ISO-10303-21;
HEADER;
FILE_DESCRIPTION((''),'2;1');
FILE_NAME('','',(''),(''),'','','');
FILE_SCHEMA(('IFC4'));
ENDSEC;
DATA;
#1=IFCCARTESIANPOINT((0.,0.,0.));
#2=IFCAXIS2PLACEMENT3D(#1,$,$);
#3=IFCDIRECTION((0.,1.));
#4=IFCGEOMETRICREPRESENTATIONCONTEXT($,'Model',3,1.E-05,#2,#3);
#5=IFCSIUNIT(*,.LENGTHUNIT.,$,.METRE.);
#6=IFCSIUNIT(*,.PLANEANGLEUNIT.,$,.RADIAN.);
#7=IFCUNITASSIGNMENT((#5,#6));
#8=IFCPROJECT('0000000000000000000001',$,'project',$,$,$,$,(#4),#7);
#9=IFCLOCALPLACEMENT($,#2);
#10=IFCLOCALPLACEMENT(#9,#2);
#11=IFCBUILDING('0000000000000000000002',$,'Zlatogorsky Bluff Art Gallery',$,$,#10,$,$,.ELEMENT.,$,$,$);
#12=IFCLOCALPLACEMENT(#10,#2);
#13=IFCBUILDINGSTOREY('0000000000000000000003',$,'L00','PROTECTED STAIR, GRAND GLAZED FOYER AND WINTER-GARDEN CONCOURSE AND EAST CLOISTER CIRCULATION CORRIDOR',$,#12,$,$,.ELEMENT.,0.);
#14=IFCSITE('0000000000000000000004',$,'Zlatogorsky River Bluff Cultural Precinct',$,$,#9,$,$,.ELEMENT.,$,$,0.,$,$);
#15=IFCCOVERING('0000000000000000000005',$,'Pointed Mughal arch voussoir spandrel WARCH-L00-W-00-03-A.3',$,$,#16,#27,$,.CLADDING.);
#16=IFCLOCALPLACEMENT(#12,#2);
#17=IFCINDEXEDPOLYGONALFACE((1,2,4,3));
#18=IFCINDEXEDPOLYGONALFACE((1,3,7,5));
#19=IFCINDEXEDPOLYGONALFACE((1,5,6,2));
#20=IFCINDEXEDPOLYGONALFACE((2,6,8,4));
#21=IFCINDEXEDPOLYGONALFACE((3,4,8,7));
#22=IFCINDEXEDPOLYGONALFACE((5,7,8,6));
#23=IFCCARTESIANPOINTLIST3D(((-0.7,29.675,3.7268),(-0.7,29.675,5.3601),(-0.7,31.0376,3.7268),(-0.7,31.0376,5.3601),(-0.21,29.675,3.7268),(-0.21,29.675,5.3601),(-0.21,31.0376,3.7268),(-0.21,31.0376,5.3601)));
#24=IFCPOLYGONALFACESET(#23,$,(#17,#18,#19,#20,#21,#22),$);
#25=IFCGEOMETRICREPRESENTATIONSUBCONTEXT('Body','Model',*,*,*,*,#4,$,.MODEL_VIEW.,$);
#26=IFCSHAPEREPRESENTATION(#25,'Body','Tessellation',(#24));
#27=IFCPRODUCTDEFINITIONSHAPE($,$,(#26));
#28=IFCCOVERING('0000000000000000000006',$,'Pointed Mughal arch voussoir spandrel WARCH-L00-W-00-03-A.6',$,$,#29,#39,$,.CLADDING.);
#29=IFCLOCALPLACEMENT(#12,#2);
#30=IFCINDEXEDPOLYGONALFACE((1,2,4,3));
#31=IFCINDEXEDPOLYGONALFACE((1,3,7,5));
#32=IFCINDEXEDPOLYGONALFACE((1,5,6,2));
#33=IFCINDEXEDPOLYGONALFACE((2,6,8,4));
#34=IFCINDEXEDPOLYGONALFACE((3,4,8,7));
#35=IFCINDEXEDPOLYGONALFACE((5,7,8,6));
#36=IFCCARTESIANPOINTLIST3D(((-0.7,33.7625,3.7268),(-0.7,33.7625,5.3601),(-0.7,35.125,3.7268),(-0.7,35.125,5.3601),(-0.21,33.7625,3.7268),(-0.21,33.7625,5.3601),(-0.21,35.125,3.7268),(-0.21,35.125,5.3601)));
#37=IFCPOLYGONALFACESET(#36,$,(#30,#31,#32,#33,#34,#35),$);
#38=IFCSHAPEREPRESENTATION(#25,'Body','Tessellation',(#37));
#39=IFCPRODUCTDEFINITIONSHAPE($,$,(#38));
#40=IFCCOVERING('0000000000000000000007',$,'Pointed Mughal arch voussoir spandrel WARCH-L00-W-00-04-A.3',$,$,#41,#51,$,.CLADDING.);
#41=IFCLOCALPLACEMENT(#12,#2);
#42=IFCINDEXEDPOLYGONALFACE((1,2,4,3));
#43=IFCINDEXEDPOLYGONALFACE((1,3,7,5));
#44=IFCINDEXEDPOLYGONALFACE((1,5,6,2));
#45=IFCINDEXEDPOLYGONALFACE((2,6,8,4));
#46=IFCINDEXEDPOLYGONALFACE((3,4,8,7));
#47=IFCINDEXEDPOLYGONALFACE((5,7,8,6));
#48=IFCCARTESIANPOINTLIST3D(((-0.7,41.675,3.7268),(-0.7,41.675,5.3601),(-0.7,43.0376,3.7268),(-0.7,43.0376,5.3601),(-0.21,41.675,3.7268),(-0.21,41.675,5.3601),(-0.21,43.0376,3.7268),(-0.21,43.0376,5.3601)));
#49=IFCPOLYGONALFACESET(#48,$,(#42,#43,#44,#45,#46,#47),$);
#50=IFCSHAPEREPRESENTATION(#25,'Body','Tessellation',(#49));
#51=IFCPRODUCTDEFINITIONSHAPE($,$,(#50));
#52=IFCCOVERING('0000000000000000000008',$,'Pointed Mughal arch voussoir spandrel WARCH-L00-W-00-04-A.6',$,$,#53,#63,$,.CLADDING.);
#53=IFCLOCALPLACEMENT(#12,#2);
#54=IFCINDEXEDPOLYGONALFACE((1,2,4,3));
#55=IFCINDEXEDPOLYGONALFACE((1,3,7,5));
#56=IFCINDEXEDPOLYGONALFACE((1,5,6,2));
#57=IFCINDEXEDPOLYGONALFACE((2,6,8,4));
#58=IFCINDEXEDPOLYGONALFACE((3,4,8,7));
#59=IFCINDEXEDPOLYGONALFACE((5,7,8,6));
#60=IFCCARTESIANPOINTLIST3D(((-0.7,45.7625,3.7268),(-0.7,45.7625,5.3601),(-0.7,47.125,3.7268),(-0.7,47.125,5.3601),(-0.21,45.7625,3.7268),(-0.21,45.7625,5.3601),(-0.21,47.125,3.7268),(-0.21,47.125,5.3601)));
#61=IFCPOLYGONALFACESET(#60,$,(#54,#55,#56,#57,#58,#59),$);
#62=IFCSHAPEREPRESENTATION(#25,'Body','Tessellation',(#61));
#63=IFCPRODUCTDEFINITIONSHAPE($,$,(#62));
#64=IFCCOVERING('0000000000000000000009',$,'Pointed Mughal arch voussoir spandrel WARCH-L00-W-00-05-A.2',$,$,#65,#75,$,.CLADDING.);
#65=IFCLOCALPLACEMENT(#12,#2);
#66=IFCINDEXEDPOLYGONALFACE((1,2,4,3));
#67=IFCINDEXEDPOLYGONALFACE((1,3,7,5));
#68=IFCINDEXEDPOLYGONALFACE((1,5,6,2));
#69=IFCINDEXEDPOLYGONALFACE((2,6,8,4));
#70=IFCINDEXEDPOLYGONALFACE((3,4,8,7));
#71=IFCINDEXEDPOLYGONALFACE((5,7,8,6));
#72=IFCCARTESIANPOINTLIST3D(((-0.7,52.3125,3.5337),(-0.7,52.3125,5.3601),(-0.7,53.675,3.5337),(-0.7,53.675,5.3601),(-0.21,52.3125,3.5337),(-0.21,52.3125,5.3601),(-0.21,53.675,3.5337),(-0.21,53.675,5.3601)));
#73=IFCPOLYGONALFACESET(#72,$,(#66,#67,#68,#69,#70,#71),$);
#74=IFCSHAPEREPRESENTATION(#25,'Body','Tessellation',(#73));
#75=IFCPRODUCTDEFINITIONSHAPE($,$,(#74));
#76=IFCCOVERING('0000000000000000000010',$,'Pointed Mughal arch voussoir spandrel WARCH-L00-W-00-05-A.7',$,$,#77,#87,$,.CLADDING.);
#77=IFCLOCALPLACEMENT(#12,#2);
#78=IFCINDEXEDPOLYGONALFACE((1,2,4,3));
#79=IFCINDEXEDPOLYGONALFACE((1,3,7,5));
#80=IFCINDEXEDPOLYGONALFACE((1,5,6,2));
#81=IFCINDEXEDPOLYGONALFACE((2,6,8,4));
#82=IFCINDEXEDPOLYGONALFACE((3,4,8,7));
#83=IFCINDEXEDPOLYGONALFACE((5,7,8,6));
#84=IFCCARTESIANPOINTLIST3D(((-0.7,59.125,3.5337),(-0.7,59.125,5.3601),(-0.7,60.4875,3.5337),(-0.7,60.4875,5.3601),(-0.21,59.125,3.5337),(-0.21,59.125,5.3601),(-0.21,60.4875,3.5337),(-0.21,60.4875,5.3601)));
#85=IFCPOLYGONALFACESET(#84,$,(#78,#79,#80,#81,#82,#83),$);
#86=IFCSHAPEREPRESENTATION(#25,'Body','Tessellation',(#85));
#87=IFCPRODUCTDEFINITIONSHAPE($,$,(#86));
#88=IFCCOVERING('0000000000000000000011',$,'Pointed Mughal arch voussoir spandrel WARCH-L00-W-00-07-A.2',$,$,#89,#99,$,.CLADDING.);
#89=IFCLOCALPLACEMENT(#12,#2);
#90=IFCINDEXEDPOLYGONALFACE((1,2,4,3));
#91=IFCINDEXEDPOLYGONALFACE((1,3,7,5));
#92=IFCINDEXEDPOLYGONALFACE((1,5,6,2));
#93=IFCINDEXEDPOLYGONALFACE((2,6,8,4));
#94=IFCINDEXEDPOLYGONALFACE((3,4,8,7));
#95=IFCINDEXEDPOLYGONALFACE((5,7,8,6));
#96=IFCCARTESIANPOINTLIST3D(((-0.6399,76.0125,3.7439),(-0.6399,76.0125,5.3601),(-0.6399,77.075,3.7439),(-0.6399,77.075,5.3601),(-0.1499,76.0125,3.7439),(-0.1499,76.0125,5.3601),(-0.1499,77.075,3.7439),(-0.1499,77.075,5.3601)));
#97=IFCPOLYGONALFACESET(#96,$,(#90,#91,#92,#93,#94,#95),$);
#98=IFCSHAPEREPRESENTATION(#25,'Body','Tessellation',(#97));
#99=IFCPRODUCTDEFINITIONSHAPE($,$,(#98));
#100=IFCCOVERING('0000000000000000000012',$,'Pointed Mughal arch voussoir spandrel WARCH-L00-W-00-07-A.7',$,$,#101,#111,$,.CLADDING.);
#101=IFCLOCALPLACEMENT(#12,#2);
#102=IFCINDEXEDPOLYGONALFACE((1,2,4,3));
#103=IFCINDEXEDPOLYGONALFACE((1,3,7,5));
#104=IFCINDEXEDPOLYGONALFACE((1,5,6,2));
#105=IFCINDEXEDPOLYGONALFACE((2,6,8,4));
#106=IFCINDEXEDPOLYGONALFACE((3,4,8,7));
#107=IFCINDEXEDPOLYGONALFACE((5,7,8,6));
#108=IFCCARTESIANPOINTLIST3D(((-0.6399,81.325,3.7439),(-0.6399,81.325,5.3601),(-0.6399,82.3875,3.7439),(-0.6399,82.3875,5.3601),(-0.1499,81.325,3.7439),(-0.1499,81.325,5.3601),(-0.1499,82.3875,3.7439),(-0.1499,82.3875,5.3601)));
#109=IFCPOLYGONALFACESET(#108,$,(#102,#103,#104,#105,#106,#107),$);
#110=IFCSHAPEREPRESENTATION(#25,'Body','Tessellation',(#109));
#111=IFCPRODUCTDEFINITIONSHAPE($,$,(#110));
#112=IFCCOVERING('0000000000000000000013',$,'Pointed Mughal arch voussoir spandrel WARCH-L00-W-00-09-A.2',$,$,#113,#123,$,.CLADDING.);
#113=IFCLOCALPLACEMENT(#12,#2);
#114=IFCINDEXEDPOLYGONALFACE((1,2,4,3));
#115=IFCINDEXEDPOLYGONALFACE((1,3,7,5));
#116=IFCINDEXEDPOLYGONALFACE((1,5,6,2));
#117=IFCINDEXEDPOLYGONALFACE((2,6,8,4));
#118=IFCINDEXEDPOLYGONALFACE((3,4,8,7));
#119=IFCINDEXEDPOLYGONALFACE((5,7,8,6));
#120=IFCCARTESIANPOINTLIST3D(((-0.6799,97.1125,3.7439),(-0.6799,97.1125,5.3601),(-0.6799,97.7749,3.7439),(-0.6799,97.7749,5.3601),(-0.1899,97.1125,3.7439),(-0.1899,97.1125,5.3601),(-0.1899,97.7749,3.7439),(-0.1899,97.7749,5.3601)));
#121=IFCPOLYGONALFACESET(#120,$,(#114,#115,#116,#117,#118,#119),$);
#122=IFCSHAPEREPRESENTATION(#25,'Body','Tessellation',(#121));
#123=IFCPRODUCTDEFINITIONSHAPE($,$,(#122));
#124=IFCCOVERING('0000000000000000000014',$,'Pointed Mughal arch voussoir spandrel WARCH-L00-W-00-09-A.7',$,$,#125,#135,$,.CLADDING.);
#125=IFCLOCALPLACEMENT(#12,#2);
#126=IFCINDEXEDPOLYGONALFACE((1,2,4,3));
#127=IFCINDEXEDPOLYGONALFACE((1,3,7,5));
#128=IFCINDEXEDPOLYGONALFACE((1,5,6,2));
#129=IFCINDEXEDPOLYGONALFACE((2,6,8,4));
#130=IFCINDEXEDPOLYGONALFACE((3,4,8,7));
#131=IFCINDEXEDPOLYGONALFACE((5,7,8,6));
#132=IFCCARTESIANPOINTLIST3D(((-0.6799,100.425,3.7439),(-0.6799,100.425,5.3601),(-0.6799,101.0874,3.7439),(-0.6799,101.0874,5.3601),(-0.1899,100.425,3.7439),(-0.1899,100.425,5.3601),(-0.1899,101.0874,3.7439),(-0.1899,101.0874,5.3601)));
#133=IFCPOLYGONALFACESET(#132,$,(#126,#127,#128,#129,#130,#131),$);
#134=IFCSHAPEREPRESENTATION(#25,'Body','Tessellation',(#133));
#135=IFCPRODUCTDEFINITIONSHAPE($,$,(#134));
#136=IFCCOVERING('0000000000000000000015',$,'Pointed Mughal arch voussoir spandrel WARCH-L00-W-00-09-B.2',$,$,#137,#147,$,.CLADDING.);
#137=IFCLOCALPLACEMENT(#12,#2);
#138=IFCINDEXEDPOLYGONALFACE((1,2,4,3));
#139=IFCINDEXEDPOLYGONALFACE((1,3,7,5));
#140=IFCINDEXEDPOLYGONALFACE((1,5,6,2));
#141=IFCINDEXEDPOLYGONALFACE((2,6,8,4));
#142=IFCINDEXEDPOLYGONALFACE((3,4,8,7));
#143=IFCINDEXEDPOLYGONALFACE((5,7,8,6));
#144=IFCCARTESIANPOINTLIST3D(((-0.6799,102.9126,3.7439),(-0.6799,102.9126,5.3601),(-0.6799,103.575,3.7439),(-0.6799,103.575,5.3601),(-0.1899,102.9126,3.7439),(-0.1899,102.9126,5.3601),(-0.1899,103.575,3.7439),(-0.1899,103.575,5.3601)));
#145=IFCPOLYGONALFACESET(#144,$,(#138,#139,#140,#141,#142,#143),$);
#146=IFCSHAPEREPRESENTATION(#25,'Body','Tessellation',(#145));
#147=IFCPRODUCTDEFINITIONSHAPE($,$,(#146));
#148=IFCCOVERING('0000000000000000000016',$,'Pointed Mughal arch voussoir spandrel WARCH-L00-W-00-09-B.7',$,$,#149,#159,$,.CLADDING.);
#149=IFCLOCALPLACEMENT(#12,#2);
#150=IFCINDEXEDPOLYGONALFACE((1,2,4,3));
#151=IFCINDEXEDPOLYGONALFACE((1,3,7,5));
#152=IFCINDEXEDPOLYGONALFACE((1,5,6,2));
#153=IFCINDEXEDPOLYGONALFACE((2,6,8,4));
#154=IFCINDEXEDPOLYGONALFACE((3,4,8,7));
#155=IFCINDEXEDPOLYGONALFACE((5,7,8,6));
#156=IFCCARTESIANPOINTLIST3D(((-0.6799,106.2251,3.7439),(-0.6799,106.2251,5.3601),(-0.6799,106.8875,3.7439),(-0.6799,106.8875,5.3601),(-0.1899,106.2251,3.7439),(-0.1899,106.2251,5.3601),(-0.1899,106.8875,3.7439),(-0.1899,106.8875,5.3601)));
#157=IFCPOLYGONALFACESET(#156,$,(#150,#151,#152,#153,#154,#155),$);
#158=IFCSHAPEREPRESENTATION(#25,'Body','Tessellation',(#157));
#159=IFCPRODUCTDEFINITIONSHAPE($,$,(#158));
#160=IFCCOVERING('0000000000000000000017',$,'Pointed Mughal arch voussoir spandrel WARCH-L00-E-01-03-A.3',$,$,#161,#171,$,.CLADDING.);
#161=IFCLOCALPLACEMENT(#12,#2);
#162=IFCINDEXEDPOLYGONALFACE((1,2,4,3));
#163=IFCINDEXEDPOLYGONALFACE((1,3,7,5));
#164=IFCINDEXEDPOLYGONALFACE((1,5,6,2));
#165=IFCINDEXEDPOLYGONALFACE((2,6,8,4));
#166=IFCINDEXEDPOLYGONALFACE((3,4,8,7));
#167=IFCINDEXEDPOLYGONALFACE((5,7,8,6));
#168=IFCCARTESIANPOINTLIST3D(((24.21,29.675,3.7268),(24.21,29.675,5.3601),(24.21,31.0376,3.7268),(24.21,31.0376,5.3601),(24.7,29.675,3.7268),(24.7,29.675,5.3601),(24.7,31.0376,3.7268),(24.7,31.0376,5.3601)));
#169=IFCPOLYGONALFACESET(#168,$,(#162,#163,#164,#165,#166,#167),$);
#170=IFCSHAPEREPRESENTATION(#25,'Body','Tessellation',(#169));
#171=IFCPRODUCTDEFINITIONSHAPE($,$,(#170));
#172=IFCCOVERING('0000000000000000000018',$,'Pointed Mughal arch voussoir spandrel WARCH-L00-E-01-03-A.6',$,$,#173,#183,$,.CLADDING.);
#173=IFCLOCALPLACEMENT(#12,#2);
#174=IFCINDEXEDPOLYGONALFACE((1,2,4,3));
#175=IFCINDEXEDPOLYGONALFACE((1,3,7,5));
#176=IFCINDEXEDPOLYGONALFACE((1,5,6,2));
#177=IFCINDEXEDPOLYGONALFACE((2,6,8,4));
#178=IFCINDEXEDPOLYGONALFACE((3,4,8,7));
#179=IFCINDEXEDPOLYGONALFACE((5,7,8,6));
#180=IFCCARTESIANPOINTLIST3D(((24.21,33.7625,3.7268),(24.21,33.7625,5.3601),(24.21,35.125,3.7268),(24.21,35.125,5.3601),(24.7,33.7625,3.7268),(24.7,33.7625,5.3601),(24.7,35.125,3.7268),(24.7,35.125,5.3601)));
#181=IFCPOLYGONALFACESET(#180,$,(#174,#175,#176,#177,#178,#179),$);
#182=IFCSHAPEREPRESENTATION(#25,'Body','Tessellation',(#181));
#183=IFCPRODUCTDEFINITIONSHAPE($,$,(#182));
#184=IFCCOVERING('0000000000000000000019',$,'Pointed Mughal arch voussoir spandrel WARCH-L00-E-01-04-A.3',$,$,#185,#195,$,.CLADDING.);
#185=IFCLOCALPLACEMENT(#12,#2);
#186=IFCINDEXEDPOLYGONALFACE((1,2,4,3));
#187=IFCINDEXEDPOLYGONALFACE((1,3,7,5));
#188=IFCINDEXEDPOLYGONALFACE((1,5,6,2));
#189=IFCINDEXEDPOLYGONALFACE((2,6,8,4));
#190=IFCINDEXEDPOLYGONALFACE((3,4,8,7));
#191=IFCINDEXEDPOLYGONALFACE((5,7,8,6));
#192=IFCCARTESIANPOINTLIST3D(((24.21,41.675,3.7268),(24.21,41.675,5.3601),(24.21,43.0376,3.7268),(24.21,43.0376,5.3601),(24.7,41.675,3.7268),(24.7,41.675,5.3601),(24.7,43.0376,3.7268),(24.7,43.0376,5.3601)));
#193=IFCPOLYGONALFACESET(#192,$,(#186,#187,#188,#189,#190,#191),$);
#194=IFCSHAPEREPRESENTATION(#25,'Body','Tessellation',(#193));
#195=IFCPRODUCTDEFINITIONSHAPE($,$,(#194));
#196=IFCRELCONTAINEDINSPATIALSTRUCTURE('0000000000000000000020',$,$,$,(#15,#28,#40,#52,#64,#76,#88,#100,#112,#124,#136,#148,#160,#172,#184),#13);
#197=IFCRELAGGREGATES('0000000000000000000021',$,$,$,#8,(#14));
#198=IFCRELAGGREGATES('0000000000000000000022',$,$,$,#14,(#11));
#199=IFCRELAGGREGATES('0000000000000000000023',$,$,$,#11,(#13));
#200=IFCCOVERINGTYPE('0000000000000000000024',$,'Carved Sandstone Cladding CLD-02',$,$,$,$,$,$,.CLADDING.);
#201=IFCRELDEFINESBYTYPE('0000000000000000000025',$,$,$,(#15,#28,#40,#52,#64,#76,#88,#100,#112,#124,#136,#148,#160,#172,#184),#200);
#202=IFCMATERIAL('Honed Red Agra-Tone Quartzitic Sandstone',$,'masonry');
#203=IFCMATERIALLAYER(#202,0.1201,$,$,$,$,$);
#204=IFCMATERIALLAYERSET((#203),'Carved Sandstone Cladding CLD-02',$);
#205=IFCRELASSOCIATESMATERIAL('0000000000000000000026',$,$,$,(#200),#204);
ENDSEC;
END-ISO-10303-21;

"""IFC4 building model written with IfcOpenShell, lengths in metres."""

from ifc_helpers import new_model, si_unit, direction, frame, origin, place, context, subcontext, project, spatial, polyline, outline, extrude, material, layer, layer_set, type_object, element, save


model = new_model("IFC4")

# Units and contexts
model_context = context("Model", 3, precision=1e-05, world=origin(), true_north=direction((0.0, 1.0)))
body_context = subcontext(model_context, "Body", "Model", "MODEL_VIEW")
ifc_project = project(units=[si_unit("LENGTHUNIT", "METRE"), si_unit("PLANEANGLEUNIT", "RADIAN")], contexts=[model_context])

# Site, building, storey
site_placement = place(None, origin())
site = spatial("IfcSite", under=ifc_project, at=site_placement, Name="Zlatogorsky River Bluff Cultural Precinct", CompositionType="ELEMENT", RefElevation=0.0)
building_placement = place(site_placement, origin())
building = spatial("IfcBuilding", under=site, at=building_placement, Name="Zlatogorsky Bluff Art Gallery", CompositionType="ELEMENT")
storey_placement = place(building_placement, origin())
storey = spatial("IfcBuildingStorey", under=building, at=storey_placement, Name="L00", Description="PROTECTED STAIR, GRAND GLAZED FOYER AND WINTER-GARDEN CONCOURSE AND EAST CLOISTER CIRCULATION CORRIDOR", CompositionType="ELEMENT", Elevation=0.0)

# Coverings
ifc_material = material(Name="Honed Red Agra-Tone Quartzitic Sandstone", Category="masonry")
ifc_layer = layer(ifc_material, 0.1201)
ifc_layer_set = layer_set([ifc_layer], Name="Carved Sandstone Cladding CLD-02")
covering_type = type_object("IfcCoveringType", Name="Carved Sandstone Cladding CLD-02", PredefinedType="CLADDING", material=ifc_layer_set)
covering_1_placement = place(storey_placement, frame((0.0, 0.0, 3.7268)))
element("IfcCovering", 1, at=covering_1_placement, inside=storey, type_object=covering_type, Name="Pointed Mughal arch voussoir spandrel WARCH-L00-W-00-03-A.3", PredefinedType="CLADDING", context=body_context, shape_type="SweptSolid", body=[
    extrude(outline(polyline([(-0.7, 29.675), (-0.7, 31.0376), (-0.21, 31.0376), (-0.21, 29.675), (-0.7, 29.675)])), origin(), (0.0, 0.0, 1.0), 1.6333),
])
covering_2_placement = place(storey_placement, frame((0.0, 0.0, 3.7268)))
element("IfcCovering", 2, at=covering_2_placement, inside=storey, type_object=covering_type, Name="Pointed Mughal arch voussoir spandrel WARCH-L00-W-00-03-A.6", PredefinedType="CLADDING", context=body_context, shape_type="SweptSolid", body=[
    extrude(outline(polyline([(-0.7, 33.7625), (-0.7, 35.125), (-0.21, 35.125), (-0.21, 33.7625), (-0.7, 33.7625)])), origin(), (0.0, 0.0, 1.0), 1.6333),
])
covering_3_placement = place(storey_placement, frame((0.0, 0.0, 3.7268)))
element("IfcCovering", 3, at=covering_3_placement, inside=storey, type_object=covering_type, Name="Pointed Mughal arch voussoir spandrel WARCH-L00-W-00-04-A.3", PredefinedType="CLADDING", context=body_context, shape_type="SweptSolid", body=[
    extrude(outline(polyline([(-0.7, 41.675), (-0.7, 43.0376), (-0.21, 43.0376), (-0.21, 41.675), (-0.7, 41.675)])), origin(), (0.0, 0.0, 1.0), 1.6333),
])
covering_4_placement = place(storey_placement, frame((0.0, 0.0, 3.7268)))
element("IfcCovering", 4, at=covering_4_placement, inside=storey, type_object=covering_type, Name="Pointed Mughal arch voussoir spandrel WARCH-L00-W-00-04-A.6", PredefinedType="CLADDING", context=body_context, shape_type="SweptSolid", body=[
    extrude(outline(polyline([(-0.7, 45.7625), (-0.7, 47.125), (-0.21, 47.125), (-0.21, 45.7625), (-0.7, 45.7625)])), origin(), (0.0, 0.0, 1.0), 1.6333),
])
covering_5_placement = place(storey_placement, frame((0.0, 0.0, 3.5337)))
element("IfcCovering", 5, at=covering_5_placement, inside=storey, type_object=covering_type, Name="Pointed Mughal arch voussoir spandrel WARCH-L00-W-00-05-A.2", PredefinedType="CLADDING", context=body_context, shape_type="SweptSolid", body=[
    extrude(outline(polyline([(-0.7, 52.3125), (-0.7, 53.675), (-0.21, 53.675), (-0.21, 52.3125), (-0.7, 52.3125)])), origin(), (0.0, 0.0, 1.0), 1.8264),
])
covering_6_placement = place(storey_placement, frame((0.0, 0.0, 3.5337)))
element("IfcCovering", 6, at=covering_6_placement, inside=storey, type_object=covering_type, Name="Pointed Mughal arch voussoir spandrel WARCH-L00-W-00-05-A.7", PredefinedType="CLADDING", context=body_context, shape_type="SweptSolid", body=[
    extrude(outline(polyline([(-0.7, 59.125), (-0.7, 60.4875), (-0.21, 60.4875), (-0.21, 59.125), (-0.7, 59.125)])), origin(), (0.0, 0.0, 1.0), 1.8264),
])
covering_7_placement = place(storey_placement, frame((0.0, 0.0, 3.7439)))
element("IfcCovering", 7, at=covering_7_placement, inside=storey, type_object=covering_type, Name="Pointed Mughal arch voussoir spandrel WARCH-L00-W-00-07-A.2", PredefinedType="CLADDING", context=body_context, shape_type="SweptSolid", body=[
    extrude(outline(polyline([(-0.6399, 76.0125), (-0.6399, 77.075), (-0.1499, 77.075), (-0.1499, 76.0125), (-0.6399, 76.0125)])), origin(), (0.0, 0.0, 1.0), 1.6162),
])
covering_8_placement = place(storey_placement, frame((0.0, 0.0, 3.7439)))
element("IfcCovering", 8, at=covering_8_placement, inside=storey, type_object=covering_type, Name="Pointed Mughal arch voussoir spandrel WARCH-L00-W-00-07-A.7", PredefinedType="CLADDING", context=body_context, shape_type="SweptSolid", body=[
    extrude(outline(polyline([(-0.6399, 81.325), (-0.6399, 82.3875), (-0.1499, 82.3875), (-0.1499, 81.325), (-0.6399, 81.325)])), origin(), (0.0, 0.0, 1.0), 1.6162),
])
covering_9_placement = place(storey_placement, frame((0.0, 0.0, 3.7439)))
element("IfcCovering", 9, at=covering_9_placement, inside=storey, type_object=covering_type, Name="Pointed Mughal arch voussoir spandrel WARCH-L00-W-00-09-A.2", PredefinedType="CLADDING", context=body_context, shape_type="SweptSolid", body=[
    extrude(outline(polyline([(-0.6799, 97.1125), (-0.6799, 97.7749), (-0.1899, 97.7749), (-0.1899, 97.1125), (-0.6799, 97.1125)])), origin(), (0.0, 0.0, 1.0), 1.6162),
])
covering_10_placement = place(storey_placement, frame((0.0, 0.0, 3.7439)))
element("IfcCovering", 10, at=covering_10_placement, inside=storey, type_object=covering_type, Name="Pointed Mughal arch voussoir spandrel WARCH-L00-W-00-09-A.7", PredefinedType="CLADDING", context=body_context, shape_type="SweptSolid", body=[
    extrude(outline(polyline([(-0.6799, 100.425), (-0.6799, 101.0874), (-0.1899, 101.0874), (-0.1899, 100.425), (-0.6799, 100.425)])), origin(), (0.0, 0.0, 1.0), 1.6162),
])
covering_11_placement = place(storey_placement, frame((0.0, 0.0, 3.7439)))
element("IfcCovering", 11, at=covering_11_placement, inside=storey, type_object=covering_type, Name="Pointed Mughal arch voussoir spandrel WARCH-L00-W-00-09-B.2", PredefinedType="CLADDING", context=body_context, shape_type="SweptSolid", body=[
    extrude(outline(polyline([(-0.6799, 102.9126), (-0.6799, 103.575), (-0.1899, 103.575), (-0.1899, 102.9126), (-0.6799, 102.9126)])), origin(), (0.0, 0.0, 1.0), 1.6162),
])
covering_12_placement = place(storey_placement, frame((0.0, 0.0, 3.7439)))
element("IfcCovering", 12, at=covering_12_placement, inside=storey, type_object=covering_type, Name="Pointed Mughal arch voussoir spandrel WARCH-L00-W-00-09-B.7", PredefinedType="CLADDING", context=body_context, shape_type="SweptSolid", body=[
    extrude(outline(polyline([(-0.6799, 106.2251), (-0.6799, 106.8875), (-0.1899, 106.8875), (-0.1899, 106.2251), (-0.6799, 106.2251)])), origin(), (0.0, 0.0, 1.0), 1.6162),
])
covering_13_placement = place(storey_placement, frame((0.0, 0.0, 3.7268)))
element("IfcCovering", 13, at=covering_13_placement, inside=storey, type_object=covering_type, Name="Pointed Mughal arch voussoir spandrel WARCH-L00-E-01-03-A.3", PredefinedType="CLADDING", context=body_context, shape_type="SweptSolid", body=[
    extrude(outline(polyline([(24.21, 29.675), (24.21, 31.0376), (24.7, 31.0376), (24.7, 29.675), (24.21, 29.675)])), origin(), (0.0, 0.0, 1.0), 1.6333),
])
covering_14_placement = place(storey_placement, frame((0.0, 0.0, 3.7268)))
element("IfcCovering", 14, at=covering_14_placement, inside=storey, type_object=covering_type, Name="Pointed Mughal arch voussoir spandrel WARCH-L00-E-01-03-A.6", PredefinedType="CLADDING", context=body_context, shape_type="SweptSolid", body=[
    extrude(outline(polyline([(24.21, 33.7625), (24.21, 35.125), (24.7, 35.125), (24.7, 33.7625), (24.21, 33.7625)])), origin(), (0.0, 0.0, 1.0), 1.6333),
])
covering_15_placement = place(storey_placement, frame((0.0, 0.0, 3.7268)))
element("IfcCovering", 15, at=covering_15_placement, inside=storey, type_object=covering_type, Name="Pointed Mughal arch voussoir spandrel WARCH-L00-E-01-04-A.3", PredefinedType="CLADDING", context=body_context, shape_type="SweptSolid", body=[
    extrude(outline(polyline([(24.21, 41.675), (24.21, 43.0376), (24.7, 43.0376), (24.7, 41.675), (24.21, 41.675)])), origin(), (0.0, 0.0, 1.0), 1.6333),
])

save(model, "model.ifc")
